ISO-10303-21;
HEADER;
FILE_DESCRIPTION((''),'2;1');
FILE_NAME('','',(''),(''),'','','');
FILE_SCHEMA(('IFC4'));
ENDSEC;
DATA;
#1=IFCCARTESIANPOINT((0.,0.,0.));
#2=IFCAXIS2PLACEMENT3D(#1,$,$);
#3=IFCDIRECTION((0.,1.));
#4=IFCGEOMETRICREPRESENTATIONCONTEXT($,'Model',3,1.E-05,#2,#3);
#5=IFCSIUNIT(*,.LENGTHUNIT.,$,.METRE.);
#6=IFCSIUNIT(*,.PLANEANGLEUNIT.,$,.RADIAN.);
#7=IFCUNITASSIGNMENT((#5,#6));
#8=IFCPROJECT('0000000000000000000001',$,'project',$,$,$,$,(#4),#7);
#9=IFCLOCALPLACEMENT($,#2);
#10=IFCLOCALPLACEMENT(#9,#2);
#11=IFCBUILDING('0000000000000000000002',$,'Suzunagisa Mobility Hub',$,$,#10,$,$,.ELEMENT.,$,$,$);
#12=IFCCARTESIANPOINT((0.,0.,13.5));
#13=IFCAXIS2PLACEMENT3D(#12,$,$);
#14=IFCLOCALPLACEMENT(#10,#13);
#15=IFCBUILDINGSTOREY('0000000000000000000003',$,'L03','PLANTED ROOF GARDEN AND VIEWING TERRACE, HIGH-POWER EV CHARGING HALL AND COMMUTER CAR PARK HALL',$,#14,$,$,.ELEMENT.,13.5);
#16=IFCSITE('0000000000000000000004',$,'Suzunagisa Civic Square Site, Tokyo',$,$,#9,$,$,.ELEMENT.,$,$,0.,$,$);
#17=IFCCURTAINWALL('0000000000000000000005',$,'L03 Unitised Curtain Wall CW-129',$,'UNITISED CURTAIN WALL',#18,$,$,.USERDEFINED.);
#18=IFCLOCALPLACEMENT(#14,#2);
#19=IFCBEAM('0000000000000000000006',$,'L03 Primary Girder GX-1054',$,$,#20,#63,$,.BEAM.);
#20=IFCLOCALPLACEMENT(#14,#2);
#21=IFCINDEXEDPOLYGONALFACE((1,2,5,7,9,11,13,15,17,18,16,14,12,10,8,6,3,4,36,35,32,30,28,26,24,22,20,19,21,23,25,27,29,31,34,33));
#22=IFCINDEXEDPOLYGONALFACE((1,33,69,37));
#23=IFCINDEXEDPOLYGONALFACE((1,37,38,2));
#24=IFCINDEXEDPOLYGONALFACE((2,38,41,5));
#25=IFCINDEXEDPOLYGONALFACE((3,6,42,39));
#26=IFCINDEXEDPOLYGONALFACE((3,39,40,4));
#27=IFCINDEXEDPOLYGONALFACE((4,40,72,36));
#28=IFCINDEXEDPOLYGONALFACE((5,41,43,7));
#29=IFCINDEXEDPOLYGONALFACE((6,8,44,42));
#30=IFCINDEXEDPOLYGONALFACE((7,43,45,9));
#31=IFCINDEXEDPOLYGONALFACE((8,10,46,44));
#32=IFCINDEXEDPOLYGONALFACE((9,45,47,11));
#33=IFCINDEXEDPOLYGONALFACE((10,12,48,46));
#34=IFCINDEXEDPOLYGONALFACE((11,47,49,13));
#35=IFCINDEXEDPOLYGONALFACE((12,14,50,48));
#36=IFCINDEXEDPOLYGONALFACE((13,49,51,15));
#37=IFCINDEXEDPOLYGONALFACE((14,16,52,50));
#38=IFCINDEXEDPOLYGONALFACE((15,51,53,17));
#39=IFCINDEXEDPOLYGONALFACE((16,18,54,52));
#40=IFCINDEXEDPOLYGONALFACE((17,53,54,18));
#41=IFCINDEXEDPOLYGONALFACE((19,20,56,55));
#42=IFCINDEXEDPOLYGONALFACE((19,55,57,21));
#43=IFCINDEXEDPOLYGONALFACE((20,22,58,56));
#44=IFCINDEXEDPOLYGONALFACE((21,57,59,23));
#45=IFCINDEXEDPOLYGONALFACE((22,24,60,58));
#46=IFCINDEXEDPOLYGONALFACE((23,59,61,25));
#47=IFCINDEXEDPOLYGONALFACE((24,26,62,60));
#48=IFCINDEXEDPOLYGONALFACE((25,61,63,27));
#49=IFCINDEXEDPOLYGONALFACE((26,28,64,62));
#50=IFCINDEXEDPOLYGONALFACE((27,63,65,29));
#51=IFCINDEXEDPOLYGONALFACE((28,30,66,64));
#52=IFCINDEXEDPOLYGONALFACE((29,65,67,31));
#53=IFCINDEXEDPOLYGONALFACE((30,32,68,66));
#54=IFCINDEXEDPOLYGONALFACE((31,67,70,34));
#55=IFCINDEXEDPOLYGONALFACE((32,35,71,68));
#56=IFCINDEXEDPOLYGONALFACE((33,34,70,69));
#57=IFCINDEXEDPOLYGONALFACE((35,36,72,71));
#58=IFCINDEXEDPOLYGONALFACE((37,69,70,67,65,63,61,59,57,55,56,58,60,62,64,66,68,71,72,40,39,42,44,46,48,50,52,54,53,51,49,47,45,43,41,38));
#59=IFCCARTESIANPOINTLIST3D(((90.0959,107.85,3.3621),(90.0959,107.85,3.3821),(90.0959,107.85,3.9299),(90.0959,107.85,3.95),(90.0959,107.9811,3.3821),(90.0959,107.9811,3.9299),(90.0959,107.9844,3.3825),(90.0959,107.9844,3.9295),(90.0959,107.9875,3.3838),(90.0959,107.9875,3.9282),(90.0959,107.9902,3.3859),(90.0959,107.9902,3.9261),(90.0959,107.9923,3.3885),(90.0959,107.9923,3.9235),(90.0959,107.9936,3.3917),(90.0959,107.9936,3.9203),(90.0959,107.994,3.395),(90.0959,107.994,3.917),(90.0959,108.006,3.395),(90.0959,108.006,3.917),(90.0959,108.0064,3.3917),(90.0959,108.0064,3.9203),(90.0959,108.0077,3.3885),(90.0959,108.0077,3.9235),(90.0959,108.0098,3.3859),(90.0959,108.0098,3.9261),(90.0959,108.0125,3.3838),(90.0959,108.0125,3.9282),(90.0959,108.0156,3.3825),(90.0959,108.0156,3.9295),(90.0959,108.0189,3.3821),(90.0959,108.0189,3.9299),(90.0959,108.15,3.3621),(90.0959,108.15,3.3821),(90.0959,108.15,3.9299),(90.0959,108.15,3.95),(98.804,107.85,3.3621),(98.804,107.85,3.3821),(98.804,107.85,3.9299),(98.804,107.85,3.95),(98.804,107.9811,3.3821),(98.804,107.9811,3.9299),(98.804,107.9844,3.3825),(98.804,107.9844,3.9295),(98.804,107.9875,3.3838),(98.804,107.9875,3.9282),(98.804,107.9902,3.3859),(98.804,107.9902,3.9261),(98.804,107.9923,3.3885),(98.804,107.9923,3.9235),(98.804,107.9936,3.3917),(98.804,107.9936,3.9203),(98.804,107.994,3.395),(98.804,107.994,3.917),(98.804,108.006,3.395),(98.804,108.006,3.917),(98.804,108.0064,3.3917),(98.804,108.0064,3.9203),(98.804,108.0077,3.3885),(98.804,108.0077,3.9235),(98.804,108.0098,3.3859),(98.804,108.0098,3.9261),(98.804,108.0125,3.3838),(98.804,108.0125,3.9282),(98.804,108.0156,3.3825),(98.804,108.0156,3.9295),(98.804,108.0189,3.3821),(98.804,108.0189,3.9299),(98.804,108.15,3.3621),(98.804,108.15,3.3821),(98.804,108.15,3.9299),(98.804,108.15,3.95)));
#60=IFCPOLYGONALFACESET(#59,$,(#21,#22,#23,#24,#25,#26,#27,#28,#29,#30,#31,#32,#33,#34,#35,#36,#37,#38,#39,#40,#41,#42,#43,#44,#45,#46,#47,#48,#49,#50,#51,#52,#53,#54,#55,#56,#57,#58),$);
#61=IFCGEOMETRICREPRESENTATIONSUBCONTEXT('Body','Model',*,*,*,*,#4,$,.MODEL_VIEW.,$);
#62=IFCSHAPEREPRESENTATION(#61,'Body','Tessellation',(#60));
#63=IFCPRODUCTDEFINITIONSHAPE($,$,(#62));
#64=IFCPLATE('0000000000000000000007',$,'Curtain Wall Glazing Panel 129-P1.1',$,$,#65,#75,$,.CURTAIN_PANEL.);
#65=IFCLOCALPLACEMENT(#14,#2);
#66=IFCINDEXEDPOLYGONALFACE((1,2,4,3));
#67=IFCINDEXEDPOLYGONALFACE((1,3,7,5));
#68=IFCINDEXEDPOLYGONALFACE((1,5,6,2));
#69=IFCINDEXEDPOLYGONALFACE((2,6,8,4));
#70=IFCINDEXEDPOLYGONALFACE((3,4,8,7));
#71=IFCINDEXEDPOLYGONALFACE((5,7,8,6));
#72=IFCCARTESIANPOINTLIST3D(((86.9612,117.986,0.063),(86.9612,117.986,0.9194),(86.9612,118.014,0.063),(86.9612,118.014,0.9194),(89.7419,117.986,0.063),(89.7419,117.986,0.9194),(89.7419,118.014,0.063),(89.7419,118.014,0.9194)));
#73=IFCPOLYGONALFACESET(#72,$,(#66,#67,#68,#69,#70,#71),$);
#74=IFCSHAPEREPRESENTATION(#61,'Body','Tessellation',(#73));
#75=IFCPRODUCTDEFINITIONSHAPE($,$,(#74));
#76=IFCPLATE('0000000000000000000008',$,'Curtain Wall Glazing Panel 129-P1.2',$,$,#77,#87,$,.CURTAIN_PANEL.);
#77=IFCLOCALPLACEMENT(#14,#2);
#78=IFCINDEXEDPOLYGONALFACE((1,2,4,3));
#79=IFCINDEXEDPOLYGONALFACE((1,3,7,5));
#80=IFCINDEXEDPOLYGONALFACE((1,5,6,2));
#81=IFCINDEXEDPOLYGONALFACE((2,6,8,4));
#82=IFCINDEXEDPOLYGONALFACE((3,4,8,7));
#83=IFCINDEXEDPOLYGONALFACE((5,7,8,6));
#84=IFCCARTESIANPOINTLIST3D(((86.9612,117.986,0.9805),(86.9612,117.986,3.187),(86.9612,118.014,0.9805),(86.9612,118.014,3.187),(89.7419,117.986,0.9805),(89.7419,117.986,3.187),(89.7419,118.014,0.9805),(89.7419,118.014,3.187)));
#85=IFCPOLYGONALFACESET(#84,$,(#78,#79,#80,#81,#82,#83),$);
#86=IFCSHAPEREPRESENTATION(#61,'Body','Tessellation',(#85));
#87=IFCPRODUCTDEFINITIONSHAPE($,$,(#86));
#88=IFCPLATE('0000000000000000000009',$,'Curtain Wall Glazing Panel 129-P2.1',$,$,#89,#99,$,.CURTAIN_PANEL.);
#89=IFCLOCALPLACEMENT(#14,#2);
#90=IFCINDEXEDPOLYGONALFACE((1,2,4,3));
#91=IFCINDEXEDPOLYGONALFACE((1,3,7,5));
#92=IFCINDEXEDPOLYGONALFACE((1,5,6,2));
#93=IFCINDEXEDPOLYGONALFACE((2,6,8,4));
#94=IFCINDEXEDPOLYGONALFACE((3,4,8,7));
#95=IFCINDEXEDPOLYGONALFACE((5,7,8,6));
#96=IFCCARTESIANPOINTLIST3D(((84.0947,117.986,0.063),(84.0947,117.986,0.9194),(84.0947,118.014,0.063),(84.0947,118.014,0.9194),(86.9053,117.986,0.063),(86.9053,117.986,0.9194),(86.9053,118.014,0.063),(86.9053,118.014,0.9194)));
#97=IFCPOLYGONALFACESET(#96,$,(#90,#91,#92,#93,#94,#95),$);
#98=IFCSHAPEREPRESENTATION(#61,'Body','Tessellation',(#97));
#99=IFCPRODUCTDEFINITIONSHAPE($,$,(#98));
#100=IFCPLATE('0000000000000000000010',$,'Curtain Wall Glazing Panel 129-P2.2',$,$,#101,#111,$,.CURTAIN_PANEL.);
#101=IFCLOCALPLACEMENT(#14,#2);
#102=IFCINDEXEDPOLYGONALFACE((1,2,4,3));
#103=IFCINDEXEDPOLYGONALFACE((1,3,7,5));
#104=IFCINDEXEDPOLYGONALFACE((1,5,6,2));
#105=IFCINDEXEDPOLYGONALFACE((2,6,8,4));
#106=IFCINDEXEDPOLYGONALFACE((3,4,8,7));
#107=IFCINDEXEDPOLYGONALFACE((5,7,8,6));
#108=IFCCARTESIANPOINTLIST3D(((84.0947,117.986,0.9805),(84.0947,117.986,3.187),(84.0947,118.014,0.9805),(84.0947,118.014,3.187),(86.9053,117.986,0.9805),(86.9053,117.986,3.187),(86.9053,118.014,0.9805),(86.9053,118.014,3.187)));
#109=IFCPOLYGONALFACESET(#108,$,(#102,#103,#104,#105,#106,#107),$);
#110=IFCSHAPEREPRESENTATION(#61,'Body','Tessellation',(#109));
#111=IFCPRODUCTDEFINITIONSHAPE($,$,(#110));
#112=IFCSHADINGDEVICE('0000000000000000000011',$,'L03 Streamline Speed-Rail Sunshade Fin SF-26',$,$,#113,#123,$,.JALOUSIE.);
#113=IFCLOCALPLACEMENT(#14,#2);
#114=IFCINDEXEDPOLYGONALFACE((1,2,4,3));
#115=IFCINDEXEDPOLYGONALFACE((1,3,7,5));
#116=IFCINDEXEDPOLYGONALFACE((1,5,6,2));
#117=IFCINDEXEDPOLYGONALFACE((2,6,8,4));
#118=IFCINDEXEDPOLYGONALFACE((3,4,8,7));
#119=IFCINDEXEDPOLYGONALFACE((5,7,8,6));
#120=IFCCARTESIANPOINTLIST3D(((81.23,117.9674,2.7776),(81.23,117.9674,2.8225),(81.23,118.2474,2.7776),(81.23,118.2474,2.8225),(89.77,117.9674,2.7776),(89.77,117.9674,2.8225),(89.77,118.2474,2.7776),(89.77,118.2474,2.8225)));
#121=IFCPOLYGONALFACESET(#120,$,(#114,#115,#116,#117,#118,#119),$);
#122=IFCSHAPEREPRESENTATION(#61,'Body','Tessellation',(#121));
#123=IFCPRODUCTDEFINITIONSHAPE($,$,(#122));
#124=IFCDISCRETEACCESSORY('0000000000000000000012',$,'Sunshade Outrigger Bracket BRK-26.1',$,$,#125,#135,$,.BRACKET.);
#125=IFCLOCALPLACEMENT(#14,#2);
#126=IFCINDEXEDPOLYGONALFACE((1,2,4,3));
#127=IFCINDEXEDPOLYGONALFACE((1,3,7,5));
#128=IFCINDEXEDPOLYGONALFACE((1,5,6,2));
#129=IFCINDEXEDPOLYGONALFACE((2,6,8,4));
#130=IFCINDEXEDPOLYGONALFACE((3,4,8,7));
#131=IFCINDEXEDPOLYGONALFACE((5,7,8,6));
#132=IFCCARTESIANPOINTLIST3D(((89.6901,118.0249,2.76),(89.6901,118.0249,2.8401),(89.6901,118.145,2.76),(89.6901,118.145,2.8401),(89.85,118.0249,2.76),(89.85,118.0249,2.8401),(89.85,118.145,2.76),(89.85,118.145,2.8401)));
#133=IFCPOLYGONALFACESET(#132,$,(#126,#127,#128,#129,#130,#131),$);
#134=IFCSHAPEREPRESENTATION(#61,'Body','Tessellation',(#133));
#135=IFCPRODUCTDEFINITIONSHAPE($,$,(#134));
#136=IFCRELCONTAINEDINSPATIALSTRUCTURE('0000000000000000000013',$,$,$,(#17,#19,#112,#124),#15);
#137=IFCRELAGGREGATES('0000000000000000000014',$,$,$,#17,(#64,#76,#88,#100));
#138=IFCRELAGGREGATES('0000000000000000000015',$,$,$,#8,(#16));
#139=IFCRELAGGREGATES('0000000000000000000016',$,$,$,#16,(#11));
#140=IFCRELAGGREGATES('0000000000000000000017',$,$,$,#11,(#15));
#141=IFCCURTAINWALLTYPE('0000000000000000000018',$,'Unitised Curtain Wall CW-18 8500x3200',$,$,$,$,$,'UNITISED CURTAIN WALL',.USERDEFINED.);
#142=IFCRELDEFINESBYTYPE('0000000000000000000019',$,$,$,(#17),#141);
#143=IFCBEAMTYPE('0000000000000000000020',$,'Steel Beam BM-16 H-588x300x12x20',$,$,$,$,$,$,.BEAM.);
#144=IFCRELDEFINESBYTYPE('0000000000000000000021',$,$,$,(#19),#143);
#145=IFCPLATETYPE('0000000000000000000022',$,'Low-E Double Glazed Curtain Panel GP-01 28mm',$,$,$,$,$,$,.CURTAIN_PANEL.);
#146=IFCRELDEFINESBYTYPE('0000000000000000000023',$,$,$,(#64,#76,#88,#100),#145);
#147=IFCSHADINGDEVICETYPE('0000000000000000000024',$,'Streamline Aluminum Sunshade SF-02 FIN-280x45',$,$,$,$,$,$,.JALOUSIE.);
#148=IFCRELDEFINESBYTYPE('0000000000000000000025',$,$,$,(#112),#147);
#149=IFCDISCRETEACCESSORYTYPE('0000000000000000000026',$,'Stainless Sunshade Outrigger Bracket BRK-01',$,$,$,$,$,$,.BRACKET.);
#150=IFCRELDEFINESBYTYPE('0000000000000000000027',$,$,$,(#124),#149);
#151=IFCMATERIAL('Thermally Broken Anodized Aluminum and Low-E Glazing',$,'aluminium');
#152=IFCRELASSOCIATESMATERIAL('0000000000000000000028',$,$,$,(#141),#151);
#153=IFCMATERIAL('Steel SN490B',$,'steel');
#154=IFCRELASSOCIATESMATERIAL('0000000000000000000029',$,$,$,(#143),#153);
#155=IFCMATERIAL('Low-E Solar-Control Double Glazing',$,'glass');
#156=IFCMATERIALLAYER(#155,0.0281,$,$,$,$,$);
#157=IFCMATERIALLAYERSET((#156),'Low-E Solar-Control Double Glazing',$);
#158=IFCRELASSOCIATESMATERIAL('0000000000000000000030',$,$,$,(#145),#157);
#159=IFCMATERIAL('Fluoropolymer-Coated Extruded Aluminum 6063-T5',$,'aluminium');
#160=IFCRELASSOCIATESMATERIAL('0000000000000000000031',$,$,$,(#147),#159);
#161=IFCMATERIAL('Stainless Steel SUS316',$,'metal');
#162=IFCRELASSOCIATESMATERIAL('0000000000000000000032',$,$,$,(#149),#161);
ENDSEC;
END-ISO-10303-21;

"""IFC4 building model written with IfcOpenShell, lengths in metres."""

from ifc_helpers import new_model, si_unit, direction, frame, origin, origin_2d, place, context, subcontext, project, spatial, rectangle, i_section, extrude, material, layer, layer_set, material_profile, profile_set, type_object, element, aggregate, save


model = new_model("IFC4")

# Units and contexts
model_context = context("Model", 3, precision=1e-05, world=origin(), true_north=direction((0.0, 1.0)))
body_context = subcontext(model_context, "Body", "Model", "MODEL_VIEW")
ifc_project = project(units=[si_unit("LENGTHUNIT", "METRE"), si_unit("PLANEANGLEUNIT", "RADIAN")], contexts=[model_context])

# Site, building, storey
site_placement = place(None, origin())
site = spatial("IfcSite", under=ifc_project, at=site_placement, Name="Suzunagisa Civic Square Site, Tokyo", CompositionType="ELEMENT", RefElevation=0.0)
building_placement = place(site_placement, origin())
building = spatial("IfcBuilding", under=site, at=building_placement, Name="Suzunagisa Mobility Hub", CompositionType="ELEMENT")
storey_placement = place(building_placement, frame((0.0, 0.0, 13.5)))
storey = spatial("IfcBuildingStorey", under=building, at=storey_placement, Name="L03", Description="PLANTED ROOF GARDEN AND VIEWING TERRACE, HIGH-POWER EV CHARGING HALL AND COMMUTER CAR PARK HALL", CompositionType="ELEMENT", Elevation=13.5)

# Shared definitions
ifc_material_1 = material(Name="Steel SN490B", Category="steel")

# Curtain wall
ifc_material_2 = material(Name="Thermally Broken Anodized Aluminum and Low-E Glazing", Category="aluminium")
curtain_wall_type = type_object("IfcCurtainWallType", Name="Unitised Curtain Wall CW-18 8500x3200", ElementType="UNITISED CURTAIN WALL", PredefinedType="USERDEFINED", material=ifc_material_2)
curtain_wall_placement = place(storey_placement, origin())
curtain_wall = element("IfcCurtainWall", 1, at=curtain_wall_placement, inside=storey, type_object=curtain_wall_type, Name="L03 Unitised Curtain Wall CW-129", ObjectType="UNITISED CURTAIN WALL", PredefinedType="USERDEFINED")

# Beam
ifc_material_profile_1 = material_profile(ifc_material_1, i_section(OverallWidth=0.3, OverallDepth=0.5879, WebThickness=0.012, FlangeThickness=0.02, FilletRadius=0.0129, at=origin_2d()), Name="H-588x300x12x20")
ifc_profile_set_1 = profile_set([ifc_material_profile_1], Name="Steel SN490B")
beam_type_1 = type_object("IfcBeamType", Name="Steel Beam BM-16 H-588x300x12x20", PredefinedType="BEAM", material=ifc_profile_set_1)
beam_placement = place(storey_placement, frame((90.0959, 108.0, 3.656), z_axis=(1.0, 0.0, 0.0), x_axis=(0.0, 1.0, 0.0)))
element("IfcBeam", 2, at=beam_placement, inside=storey, type_object=beam_type_1, Name="L03 Primary Girder GX-1054", PredefinedType="BEAM", context=body_context, shape_type="SweptSolid", body=[
    extrude(i_section(OverallWidth=0.3, OverallDepth=0.5879, WebThickness=0.012, FlangeThickness=0.02, FilletRadius=0.0129, at=origin_2d()), origin(), (0.0, 0.0, 1.0), 8.708),
])

# Plates
ifc_material_3 = material(Name="Low-E Solar-Control Double Glazing", Category="glass")
ifc_layer = layer(ifc_material_3, 0.0281)
ifc_layer_set = layer_set([ifc_layer], Name="Low-E Solar-Control Double Glazing")
plate_type = type_object("IfcPlateType", Name="Low-E Double Glazed Curtain Panel GP-01 28mm", PredefinedType="CURTAIN_PANEL", material=ifc_layer_set)
plate_1_placement = place(storey_placement, frame((88.3516, 118.0, 0.063), z_axis=(0.0, 0.0, 1.0), x_axis=(-1.0, 0.0, 0.0)))
plate_1 = element("IfcPlate", 3, at=plate_1_placement, type_object=plate_type, Name="Curtain Wall Glazing Panel 129-P1.1", PredefinedType="CURTAIN_PANEL", context=body_context, shape_type="SweptSolid", body=[
    extrude(rectangle(XDim=2.7808, YDim=0.0281, at=origin_2d()), origin(), (0.0, 0.0, 1.0), 0.8564),
])
plate_2_placement = place(storey_placement, frame((88.3516, 118.0, 0.9805), z_axis=(0.0, 0.0, 1.0), x_axis=(-1.0, 0.0, 0.0)))
plate_2 = element("IfcPlate", 4, at=plate_2_placement, type_object=plate_type, Name="Curtain Wall Glazing Panel 129-P1.2", PredefinedType="CURTAIN_PANEL", context=body_context, shape_type="SweptSolid", body=[
    extrude(rectangle(XDim=2.7808, YDim=0.0281, at=origin_2d()), origin(), (0.0, 0.0, 1.0), 2.2065),
])
plate_3_placement = place(storey_placement, frame((85.5, 118.0, 0.063), z_axis=(0.0, 0.0, 1.0), x_axis=(-1.0, 0.0, 0.0)))
plate_3 = element("IfcPlate", 5, at=plate_3_placement, type_object=plate_type, Name="Curtain Wall Glazing Panel 129-P2.1", PredefinedType="CURTAIN_PANEL", context=body_context, shape_type="SweptSolid", body=[
    extrude(rectangle(XDim=2.8105, YDim=0.0281, at=origin_2d()), origin(), (0.0, 0.0, 1.0), 0.8564),
])
plate_4_placement = place(storey_placement, frame((85.5, 118.0, 0.9805), z_axis=(0.0, 0.0, 1.0), x_axis=(-1.0, 0.0, 0.0)))
plate_4 = element("IfcPlate", 6, at=plate_4_placement, type_object=plate_type, Name="Curtain Wall Glazing Panel 129-P2.2", PredefinedType="CURTAIN_PANEL", context=body_context, shape_type="SweptSolid", body=[
    extrude(rectangle(XDim=2.8105, YDim=0.0281, at=origin_2d()), origin(), (0.0, 0.0, 1.0), 2.2065),
])
aggregate(curtain_wall, [plate_1, plate_2, plate_3, plate_4])

# Shading device
ifc_material_4 = material(Name="Fluoropolymer-Coated Extruded Aluminum 6063-T5", Category="aluminium")
ifc_material_profile_2 = material_profile(ifc_material_4, rectangle(XDim=0.28, YDim=0.0449, at=origin_2d()), Name="FIN-280x45")
ifc_profile_set_2 = profile_set([ifc_material_profile_2], Name="Fluoropolymer-Coated Extruded Aluminum 6063-T5")
shading_device_type = type_object("IfcShadingDeviceType", Name="Streamline Aluminum Sunshade SF-02 FIN-280x45", PredefinedType="JALOUSIE", material=ifc_profile_set_2)
shading_device_placement = place(storey_placement, frame((89.77, 118.1074, 2.8), z_axis=(-1.0, 0.0, 0.0), x_axis=(0.0, -1.0, 0.0)))
element("IfcShadingDevice", 7, at=shading_device_placement, inside=storey, type_object=shading_device_type, Name="L03 Streamline Speed-Rail Sunshade Fin SF-26", PredefinedType="JALOUSIE", context=body_context, shape_type="SweptSolid", body=[
    extrude(rectangle(XDim=0.28, YDim=0.0449, at=origin_2d()), origin(), (0.0, 0.0, 1.0), 8.54),
])

# Discrete accessory
ifc_material_5 = material(Name="Stainless Steel SUS316", Category="metal")
discrete_accessory_type = type_object("IfcDiscreteAccessoryType", Name="Stainless Sunshade Outrigger Bracket BRK-01", PredefinedType="BRACKET", material=ifc_material_5)
discrete_accessory_placement = place(storey_placement, frame((89.77, 118.085, 2.76), z_axis=(0.0, 0.0, 1.0), x_axis=(-1.0, 0.0, 0.0)))
element("IfcDiscreteAccessory", 8, at=discrete_accessory_placement, inside=storey, type_object=discrete_accessory_type, Name="Sunshade Outrigger Bracket BRK-26.1", PredefinedType="BRACKET", context=body_context, shape_type="SweptSolid", body=[
    extrude(rectangle(XDim=0.1599, YDim=0.1201, at=origin_2d()), origin(), (0.0, 0.0, 1.0), 0.0801),
])

save(model, "model.ifc")
